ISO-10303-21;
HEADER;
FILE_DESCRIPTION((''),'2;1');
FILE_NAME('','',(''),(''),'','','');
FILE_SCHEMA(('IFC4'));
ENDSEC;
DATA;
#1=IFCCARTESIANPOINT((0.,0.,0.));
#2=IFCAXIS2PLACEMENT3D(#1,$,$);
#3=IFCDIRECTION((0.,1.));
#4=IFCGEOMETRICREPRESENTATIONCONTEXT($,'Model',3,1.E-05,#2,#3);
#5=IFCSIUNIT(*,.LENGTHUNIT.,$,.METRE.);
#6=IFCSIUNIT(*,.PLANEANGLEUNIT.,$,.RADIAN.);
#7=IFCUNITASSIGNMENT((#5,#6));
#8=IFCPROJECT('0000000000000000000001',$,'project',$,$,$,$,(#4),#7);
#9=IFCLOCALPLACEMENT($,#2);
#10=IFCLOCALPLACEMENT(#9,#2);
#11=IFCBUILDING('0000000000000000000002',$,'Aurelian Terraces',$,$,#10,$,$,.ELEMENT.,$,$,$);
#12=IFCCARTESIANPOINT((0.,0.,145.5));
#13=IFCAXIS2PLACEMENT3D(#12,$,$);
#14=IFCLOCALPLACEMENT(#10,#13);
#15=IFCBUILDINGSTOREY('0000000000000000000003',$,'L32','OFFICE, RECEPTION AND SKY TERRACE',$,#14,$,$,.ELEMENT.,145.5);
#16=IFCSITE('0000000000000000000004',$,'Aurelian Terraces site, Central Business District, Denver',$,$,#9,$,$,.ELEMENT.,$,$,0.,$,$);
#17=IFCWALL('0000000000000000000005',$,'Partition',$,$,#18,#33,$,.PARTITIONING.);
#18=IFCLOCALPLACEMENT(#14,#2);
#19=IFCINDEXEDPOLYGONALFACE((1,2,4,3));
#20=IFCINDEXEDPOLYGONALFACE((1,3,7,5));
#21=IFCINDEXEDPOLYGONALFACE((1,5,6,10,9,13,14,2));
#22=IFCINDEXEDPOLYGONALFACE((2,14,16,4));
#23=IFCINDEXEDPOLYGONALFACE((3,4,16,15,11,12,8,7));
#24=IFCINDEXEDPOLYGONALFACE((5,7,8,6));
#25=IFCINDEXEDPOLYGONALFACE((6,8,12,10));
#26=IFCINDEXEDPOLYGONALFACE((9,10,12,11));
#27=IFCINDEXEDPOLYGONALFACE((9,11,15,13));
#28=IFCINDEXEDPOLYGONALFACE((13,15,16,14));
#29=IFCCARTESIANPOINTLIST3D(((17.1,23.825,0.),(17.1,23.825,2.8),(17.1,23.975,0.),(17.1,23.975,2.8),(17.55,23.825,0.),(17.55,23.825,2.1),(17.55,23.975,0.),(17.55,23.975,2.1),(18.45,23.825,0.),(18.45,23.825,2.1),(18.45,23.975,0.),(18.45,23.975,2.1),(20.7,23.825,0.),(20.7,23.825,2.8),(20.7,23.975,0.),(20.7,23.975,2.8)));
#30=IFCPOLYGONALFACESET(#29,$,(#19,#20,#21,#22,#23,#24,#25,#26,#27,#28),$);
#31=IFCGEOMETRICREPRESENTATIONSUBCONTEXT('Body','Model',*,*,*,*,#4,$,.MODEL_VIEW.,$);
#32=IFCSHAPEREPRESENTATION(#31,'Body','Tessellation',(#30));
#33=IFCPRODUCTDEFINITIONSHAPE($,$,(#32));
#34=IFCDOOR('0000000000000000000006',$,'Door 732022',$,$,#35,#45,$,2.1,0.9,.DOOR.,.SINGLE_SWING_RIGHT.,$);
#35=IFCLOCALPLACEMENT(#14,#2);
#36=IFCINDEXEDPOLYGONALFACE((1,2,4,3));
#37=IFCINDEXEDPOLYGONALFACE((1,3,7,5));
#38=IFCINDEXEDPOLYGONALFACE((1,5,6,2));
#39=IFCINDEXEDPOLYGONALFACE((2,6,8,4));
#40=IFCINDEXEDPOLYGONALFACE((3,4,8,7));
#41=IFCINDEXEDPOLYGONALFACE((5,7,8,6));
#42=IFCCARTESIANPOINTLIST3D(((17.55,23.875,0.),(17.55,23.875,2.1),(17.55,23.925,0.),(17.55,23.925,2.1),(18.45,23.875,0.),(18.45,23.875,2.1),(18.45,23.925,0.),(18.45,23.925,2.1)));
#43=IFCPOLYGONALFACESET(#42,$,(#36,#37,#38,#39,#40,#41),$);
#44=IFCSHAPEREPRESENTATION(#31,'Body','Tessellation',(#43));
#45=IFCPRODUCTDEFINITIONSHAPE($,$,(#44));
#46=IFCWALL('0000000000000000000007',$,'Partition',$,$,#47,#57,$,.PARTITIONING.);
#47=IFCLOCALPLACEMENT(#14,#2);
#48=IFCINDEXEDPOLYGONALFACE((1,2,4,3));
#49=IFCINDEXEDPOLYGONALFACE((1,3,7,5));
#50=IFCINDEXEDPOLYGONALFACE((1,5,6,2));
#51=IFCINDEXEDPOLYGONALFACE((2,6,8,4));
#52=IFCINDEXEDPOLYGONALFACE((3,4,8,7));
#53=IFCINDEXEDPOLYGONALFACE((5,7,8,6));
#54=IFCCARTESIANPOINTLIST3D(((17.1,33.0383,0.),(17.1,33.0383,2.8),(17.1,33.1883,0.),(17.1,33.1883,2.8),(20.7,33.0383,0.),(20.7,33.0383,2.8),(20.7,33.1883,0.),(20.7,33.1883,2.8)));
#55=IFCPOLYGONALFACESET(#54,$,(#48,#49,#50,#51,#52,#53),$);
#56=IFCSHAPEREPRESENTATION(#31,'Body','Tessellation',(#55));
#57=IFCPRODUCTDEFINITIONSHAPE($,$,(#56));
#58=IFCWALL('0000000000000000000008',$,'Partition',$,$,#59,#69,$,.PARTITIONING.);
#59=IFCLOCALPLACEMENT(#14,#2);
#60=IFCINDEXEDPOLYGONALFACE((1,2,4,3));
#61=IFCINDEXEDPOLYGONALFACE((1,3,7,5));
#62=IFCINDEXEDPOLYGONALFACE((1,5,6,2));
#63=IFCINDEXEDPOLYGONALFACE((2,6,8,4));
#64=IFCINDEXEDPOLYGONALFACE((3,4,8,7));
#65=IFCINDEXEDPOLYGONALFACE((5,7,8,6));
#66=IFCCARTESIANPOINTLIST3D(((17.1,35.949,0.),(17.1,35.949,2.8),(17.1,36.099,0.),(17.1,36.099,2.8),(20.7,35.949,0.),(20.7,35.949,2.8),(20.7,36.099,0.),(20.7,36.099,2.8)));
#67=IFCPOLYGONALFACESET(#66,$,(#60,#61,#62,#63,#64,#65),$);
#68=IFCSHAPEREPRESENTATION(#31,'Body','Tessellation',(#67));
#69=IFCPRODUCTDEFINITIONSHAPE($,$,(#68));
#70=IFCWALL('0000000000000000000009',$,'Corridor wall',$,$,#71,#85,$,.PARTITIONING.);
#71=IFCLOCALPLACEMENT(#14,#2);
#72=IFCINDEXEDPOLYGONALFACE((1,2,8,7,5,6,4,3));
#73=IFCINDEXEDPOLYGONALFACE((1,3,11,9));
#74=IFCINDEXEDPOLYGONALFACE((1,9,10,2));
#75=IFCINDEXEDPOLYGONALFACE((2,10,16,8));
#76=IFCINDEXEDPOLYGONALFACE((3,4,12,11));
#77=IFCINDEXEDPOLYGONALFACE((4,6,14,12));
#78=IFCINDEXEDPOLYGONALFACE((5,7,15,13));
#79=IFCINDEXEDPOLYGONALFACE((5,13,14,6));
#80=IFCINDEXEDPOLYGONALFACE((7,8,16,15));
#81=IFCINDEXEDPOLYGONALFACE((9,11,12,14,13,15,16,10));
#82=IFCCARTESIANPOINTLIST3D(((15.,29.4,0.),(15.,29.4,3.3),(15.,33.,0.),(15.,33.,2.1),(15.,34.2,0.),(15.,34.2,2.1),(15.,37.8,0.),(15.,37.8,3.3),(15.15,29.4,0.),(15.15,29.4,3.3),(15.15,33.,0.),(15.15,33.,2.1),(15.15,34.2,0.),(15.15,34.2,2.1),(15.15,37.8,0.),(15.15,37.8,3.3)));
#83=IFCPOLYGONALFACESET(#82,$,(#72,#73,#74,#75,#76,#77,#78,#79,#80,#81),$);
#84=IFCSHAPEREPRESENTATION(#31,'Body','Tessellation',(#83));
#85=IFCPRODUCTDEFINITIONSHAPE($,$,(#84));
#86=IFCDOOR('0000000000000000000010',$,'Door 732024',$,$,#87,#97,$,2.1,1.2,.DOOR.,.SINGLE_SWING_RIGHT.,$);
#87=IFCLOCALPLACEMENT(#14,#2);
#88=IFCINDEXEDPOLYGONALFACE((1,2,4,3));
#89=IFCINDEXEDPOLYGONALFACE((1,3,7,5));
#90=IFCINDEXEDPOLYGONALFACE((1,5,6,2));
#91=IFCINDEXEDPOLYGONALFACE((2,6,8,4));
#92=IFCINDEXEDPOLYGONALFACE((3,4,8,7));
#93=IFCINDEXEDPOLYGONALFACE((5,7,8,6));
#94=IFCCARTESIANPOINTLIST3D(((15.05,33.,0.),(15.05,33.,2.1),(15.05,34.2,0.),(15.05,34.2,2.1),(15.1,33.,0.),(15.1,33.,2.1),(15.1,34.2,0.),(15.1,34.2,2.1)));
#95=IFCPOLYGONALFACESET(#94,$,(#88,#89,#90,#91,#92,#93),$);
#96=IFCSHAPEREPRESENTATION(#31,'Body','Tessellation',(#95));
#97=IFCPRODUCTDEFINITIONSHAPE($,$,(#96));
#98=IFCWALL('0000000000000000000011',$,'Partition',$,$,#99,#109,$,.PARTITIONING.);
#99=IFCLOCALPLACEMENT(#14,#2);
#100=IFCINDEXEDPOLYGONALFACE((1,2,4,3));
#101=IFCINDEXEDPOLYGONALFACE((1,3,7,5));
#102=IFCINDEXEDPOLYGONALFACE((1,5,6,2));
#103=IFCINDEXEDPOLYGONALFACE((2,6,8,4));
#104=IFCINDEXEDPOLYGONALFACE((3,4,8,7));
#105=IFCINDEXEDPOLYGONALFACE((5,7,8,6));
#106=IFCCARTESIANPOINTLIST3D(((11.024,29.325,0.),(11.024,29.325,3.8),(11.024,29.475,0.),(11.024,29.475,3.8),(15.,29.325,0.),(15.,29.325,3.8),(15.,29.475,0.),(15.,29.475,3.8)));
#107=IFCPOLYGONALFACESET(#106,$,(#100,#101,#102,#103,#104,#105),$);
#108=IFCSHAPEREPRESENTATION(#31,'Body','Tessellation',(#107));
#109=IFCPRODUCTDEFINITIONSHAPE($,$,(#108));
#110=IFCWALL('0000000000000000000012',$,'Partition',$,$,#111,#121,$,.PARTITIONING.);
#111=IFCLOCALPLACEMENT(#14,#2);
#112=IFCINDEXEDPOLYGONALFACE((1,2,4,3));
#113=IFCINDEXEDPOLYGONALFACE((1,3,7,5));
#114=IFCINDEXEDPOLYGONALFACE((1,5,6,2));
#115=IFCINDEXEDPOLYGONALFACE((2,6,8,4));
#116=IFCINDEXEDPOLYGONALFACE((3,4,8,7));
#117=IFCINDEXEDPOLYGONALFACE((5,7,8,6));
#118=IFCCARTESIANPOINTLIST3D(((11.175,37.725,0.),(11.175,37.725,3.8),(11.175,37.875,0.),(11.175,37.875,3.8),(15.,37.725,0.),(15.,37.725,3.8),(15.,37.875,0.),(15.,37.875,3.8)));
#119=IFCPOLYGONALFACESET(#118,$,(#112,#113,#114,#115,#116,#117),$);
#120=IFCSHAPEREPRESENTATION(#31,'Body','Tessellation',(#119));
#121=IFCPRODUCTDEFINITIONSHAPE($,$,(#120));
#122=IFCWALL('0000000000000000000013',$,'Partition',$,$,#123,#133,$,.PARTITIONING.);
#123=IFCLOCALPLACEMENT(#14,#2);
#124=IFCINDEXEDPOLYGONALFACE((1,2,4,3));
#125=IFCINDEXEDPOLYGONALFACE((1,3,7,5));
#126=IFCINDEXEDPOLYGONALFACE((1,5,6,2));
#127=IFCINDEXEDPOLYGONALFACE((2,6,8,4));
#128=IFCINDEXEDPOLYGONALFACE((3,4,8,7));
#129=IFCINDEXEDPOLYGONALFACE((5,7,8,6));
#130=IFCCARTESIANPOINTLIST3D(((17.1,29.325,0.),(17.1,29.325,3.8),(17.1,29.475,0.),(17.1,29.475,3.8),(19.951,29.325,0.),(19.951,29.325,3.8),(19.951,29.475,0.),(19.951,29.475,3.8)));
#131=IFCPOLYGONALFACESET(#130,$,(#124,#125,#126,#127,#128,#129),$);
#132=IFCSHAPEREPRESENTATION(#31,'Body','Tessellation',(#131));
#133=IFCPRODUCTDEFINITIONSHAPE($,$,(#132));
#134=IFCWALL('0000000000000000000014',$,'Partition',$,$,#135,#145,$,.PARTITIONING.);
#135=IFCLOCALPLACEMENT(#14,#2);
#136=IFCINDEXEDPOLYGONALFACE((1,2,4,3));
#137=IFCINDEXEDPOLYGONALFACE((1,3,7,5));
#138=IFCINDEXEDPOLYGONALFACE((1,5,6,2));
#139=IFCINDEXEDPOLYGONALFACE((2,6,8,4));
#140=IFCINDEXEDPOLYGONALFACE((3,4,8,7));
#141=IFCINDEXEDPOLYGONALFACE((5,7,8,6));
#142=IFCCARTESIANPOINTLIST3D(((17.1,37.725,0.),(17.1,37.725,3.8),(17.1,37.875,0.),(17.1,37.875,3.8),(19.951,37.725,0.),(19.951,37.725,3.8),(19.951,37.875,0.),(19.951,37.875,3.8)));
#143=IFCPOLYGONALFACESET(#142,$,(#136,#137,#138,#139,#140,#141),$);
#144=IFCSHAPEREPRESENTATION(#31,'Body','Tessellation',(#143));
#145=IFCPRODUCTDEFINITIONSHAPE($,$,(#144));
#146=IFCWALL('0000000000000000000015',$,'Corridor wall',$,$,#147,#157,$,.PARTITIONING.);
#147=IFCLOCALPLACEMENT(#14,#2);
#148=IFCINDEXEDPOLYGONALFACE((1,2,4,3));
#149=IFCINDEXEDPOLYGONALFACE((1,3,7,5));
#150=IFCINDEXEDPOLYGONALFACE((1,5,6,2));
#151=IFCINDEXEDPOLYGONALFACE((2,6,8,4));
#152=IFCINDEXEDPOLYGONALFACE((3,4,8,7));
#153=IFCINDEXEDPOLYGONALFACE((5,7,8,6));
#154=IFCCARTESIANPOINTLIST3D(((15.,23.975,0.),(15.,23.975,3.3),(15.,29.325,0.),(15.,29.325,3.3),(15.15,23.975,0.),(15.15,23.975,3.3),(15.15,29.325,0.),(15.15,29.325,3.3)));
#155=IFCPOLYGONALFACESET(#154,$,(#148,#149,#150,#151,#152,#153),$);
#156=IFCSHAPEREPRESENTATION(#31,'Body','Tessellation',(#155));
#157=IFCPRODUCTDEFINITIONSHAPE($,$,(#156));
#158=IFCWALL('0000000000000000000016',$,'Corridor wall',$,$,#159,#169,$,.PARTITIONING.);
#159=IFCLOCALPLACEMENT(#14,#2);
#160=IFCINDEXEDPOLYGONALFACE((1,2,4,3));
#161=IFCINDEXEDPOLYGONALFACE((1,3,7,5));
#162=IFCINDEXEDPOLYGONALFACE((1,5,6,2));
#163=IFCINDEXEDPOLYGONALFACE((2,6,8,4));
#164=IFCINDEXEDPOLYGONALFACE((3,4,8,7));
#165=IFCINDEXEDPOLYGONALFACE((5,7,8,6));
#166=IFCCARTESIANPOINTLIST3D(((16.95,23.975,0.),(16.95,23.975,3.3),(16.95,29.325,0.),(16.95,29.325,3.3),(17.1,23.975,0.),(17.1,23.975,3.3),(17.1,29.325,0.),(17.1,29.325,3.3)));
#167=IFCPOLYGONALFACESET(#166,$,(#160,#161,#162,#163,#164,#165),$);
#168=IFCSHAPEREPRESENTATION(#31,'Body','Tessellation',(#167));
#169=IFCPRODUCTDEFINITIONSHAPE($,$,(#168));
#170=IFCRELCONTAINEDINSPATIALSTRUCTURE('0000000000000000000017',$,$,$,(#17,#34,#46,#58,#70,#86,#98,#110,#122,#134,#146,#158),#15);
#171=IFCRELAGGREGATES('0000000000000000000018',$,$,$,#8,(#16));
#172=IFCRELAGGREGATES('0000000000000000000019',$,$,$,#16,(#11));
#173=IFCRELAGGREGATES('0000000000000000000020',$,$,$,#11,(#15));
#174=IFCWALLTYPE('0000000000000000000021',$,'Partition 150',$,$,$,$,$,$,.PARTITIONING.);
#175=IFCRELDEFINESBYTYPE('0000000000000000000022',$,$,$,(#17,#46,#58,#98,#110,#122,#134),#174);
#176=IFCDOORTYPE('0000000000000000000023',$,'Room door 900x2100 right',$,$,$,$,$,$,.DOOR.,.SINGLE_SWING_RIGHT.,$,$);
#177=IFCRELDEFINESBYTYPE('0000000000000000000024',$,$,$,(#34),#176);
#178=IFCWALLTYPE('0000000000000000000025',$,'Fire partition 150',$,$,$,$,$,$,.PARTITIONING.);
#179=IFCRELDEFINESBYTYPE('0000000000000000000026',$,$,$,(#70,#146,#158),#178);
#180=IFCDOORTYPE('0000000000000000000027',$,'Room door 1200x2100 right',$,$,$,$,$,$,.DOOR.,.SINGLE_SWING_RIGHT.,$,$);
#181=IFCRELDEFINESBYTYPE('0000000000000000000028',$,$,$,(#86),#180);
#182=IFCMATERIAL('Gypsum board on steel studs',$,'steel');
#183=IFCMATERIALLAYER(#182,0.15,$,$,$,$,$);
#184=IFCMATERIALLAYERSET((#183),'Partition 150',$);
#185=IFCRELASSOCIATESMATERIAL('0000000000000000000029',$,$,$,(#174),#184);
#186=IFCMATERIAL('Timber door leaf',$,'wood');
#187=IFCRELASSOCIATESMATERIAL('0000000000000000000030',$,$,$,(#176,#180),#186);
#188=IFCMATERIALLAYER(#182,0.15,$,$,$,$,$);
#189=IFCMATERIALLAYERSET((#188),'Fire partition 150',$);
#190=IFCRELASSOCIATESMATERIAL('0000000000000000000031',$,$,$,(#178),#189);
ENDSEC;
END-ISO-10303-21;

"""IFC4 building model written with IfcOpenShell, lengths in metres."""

from ifc_helpers import new_model, si_unit, direction, frame, frame_2d, origin, place, context, subcontext, project, spatial, rectangle, extrude, source, transform, mapped, material, layer, layer_set, type_object, element, fill, save


model = new_model("IFC4")

# Units and contexts
model_context = context("Model", 3, precision=1e-05, world=origin(), true_north=direction((0.0, 1.0)))
body_context = subcontext(model_context, "Body", "Model", "MODEL_VIEW")
ifc_project = project(units=[si_unit("LENGTHUNIT", "METRE"), si_unit("PLANEANGLEUNIT", "RADIAN")], contexts=[model_context])

# Site, building, storey
site_placement = place(None, origin())
site = spatial("IfcSite", under=ifc_project, at=site_placement, Name="Aurelian Terraces site, Central Business District, Denver", CompositionType="ELEMENT", RefElevation=0.0)
building_placement = place(site_placement, origin())
building = spatial("IfcBuilding", under=site, at=building_placement, Name="Aurelian Terraces", CompositionType="ELEMENT")
storey_placement = place(building_placement, frame((0.0, 0.0, 145.5)))
storey = spatial("IfcBuildingStorey", under=building, at=storey_placement, Name="L32", Description="OFFICE, RECEPTION AND SKY TERRACE", CompositionType="ELEMENT", Elevation=145.5)

# Shared definitions
ifc_material_1 = material(Name="Gypsum board on steel studs", Category="steel")
ifc_layer_1 = layer(ifc_material_1, 0.15)
ifc_layer_set_1 = layer_set([ifc_layer_1], Name="Partition 150")
wall_type_1 = type_object("IfcWallType", Name="Partition 150", PredefinedType="PARTITIONING", material=ifc_layer_set_1)

# Shared definitions
ifc_material_2 = material(Name="Timber door leaf", Category="wood")

# Wall, opening, door
shared_shape_1 = source(origin(), body_context, "Body", "SweptSolid", [
    extrude(rectangle(XDim=3.6, YDim=0.15, at=frame_2d((1.8, 0.0))), origin(), (0.0, 0.0, 1.0), 2.8),
])
wall_1_placement = place(storey_placement, frame((17.1, 23.9, 0.0), z_axis=(0.0, 0.0, 1.0), x_axis=(1.0, 0.0, 0.0)))
wall_1 = element("IfcWall", 1, at=wall_1_placement, inside=storey, type_object=wall_type_1, Name="Partition", PredefinedType="PARTITIONING", context=body_context, shape_type="MappedRepresentation", body=[
    mapped(shared_shape_1, transform((0.0, 0.0, 0.0), scale=1.0)),
])
shared_shape_2 = source(origin(), body_context, "Body", "SweptSolid", [
    extrude(rectangle(XDim=0.9, YDim=2.1, at=frame_2d((0.45, 1.05))), frame((0.0, 0.085, 0.0), z_axis=(0.0, -1.0, 0.0), x_axis=(1.0, 0.0, 0.0)), (0.0, 0.0, 1.0), 0.17),
])
opening_1_placement = place(wall_1_placement, frame((0.45, 0.0, 0.0)))
opening_1 = element("IfcOpeningElement", 2, at=opening_1_placement, cuts=wall_1, PredefinedType="OPENING", context=body_context, shape_type="MappedRepresentation", body=[
    mapped(shared_shape_2, transform((0.0, 0.0, 0.0), scale=1.0)),
])
door_type_1 = type_object("IfcDoorType", Name="Room door 900x2100 right", OperationType="SINGLE_SWING_RIGHT", PredefinedType="DOOR", material=ifc_material_2)
shared_shape_3 = source(origin(), body_context, "Body", "SweptSolid", [
    extrude(rectangle(XDim=0.9, YDim=2.1, at=frame_2d((0.45, 1.05))), frame((0.0, 0.025, 0.0), z_axis=(0.0, -1.0, 0.0), x_axis=(1.0, 0.0, 0.0)), (0.0, 0.0, 1.0), 0.05),
])
door_1_placement = place(opening_1_placement, origin())
door_1 = element("IfcDoor", 3, at=door_1_placement, inside=storey, type_object=door_type_1, Name="Door 732022", OperationType="SINGLE_SWING_RIGHT", OverallHeight=2.1, OverallWidth=0.9, PredefinedType="DOOR", context=body_context, shape_type="MappedRepresentation", body=[
    mapped(shared_shape_3, transform((0.0, 0.0, 0.0), scale=1.0)),
])
fill(opening_1, door_1)

# Walls
for number, where, z_axis, x_axis, name in (
    (4, (17.1, 33.1133, 0.0), (0.0, 0.0, 1.0), (1.0, 0.0, 0.0), "Partition"),
    (5, (17.1, 36.024, 0.0), (0.0, 0.0, 1.0), (1.0, 0.0, 0.0), "Partition"),
):
    element("IfcWall", number, at=place(storey_placement, frame(where, z_axis=z_axis, x_axis=x_axis)), inside=storey, type_object=wall_type_1, Name=name, PredefinedType="PARTITIONING", context=body_context, shape_type="MappedRepresentation", body=[
        mapped(shared_shape_1, transform((0.0, 0.0, 0.0), scale=1.0)),
    ])

# Wall, opening, door
ifc_layer_2 = layer(ifc_material_1, 0.15)
ifc_layer_set_2 = layer_set([ifc_layer_2], Name="Fire partition 150")
wall_type_2 = type_object("IfcWallType", Name="Fire partition 150", PredefinedType="PARTITIONING", material=ifc_layer_set_2)
shared_shape_4 = source(origin(), body_context, "Body", "SweptSolid", [
    extrude(rectangle(XDim=8.4, YDim=0.15, at=frame_2d((4.2, 0.0))), origin(), (0.0, 0.0, 1.0), 3.3),
])
wall_2_placement = place(storey_placement, frame((15.075, 29.4, 0.0), z_axis=(0.0, 0.0, 1.0), x_axis=(0.0, 1.0, 0.0)))
wall_2 = element("IfcWall", 6, at=wall_2_placement, inside=storey, type_object=wall_type_2, Name="Corridor wall", PredefinedType="PARTITIONING", context=body_context, shape_type="MappedRepresentation", body=[
    mapped(shared_shape_4, transform((0.0, 0.0, 0.0), scale=1.0)),
])
shared_shape_5 = source(origin(), body_context, "Body", "SweptSolid", [
    extrude(rectangle(XDim=1.2, YDim=2.1, at=frame_2d((0.6, 1.05))), frame((0.0, 0.085, 0.0), z_axis=(0.0, -1.0, 0.0), x_axis=(1.0, 0.0, 0.0)), (0.0, 0.0, 1.0), 0.17),
])
opening_2_placement = place(wall_2_placement, frame((3.6, 0.0, 0.0)))
opening_2 = element("IfcOpeningElement", 7, at=opening_2_placement, cuts=wall_2, PredefinedType="OPENING", context=body_context, shape_type="MappedRepresentation", body=[
    mapped(shared_shape_5, transform((0.0, 0.0, 0.0), scale=1.0)),
])
door_type_2 = type_object("IfcDoorType", Name="Room door 1200x2100 right", OperationType="SINGLE_SWING_RIGHT", PredefinedType="DOOR", material=ifc_material_2)
shared_shape_6 = source(origin(), body_context, "Body", "SweptSolid", [
    extrude(rectangle(XDim=1.2, YDim=2.1, at=frame_2d((0.6, 1.05))), frame((0.0, 0.025, 0.0), z_axis=(0.0, -1.0, 0.0), x_axis=(1.0, 0.0, 0.0)), (0.0, 0.0, 1.0), 0.05),
])
door_2_placement = place(opening_2_placement, origin())
door_2 = element("IfcDoor", 8, at=door_2_placement, inside=storey, type_object=door_type_2, Name="Door 732024", OperationType="SINGLE_SWING_RIGHT", OverallHeight=2.1, OverallWidth=1.2, PredefinedType="DOOR", context=body_context, shape_type="MappedRepresentation", body=[
    mapped(shared_shape_6, transform((0.0, 0.0, 0.0), scale=1.0)),
])
fill(opening_2, door_2)

# Walls
shared_shape_7 = source(origin(), body_context, "Body", "SweptSolid", [
    extrude(rectangle(XDim=3.976, YDim=0.15, at=frame_2d((1.988, 0.0))), origin(), (0.0, 0.0, 1.0), 3.8),
])
wall_3_placement = place(storey_placement, frame((15.0, 29.4, 0.0), z_axis=(0.0, 0.0, 1.0), x_axis=(-1.0, 0.0, 0.0)))
element("IfcWall", 9, at=wall_3_placement, inside=storey, type_object=wall_type_1, Name="Partition", PredefinedType="PARTITIONING", context=body_context, shape_type="MappedRepresentation", body=[
    mapped(shared_shape_7, transform((0.0, 0.0, 0.0), scale=1.0)),
])
shared_shape_8 = source(origin(), body_context, "Body", "SweptSolid", [
    extrude(rectangle(XDim=3.825, YDim=0.15, at=frame_2d((1.9125, 0.0))), origin(), (0.0, 0.0, 1.0), 3.8),
])
wall_4_placement = place(storey_placement, frame((15.0, 37.8, 0.0), z_axis=(0.0, 0.0, 1.0), x_axis=(-1.0, 0.0, 0.0)))
element("IfcWall", 10, at=wall_4_placement, inside=storey, type_object=wall_type_1, Name="Partition", PredefinedType="PARTITIONING", context=body_context, shape_type="MappedRepresentation", body=[
    mapped(shared_shape_8, transform((0.0, 0.0, 0.0), scale=1.0)),
])
shared_shape_9 = source(origin(), body_context, "Body", "SweptSolid", [
    extrude(rectangle(XDim=2.851, YDim=0.15, at=frame_2d((1.4255, 0.0))), origin(), (0.0, 0.0, 1.0), 3.8),
])
for number, where, z_axis, x_axis, name in (
    (11, (19.951, 29.4, 0.0), (0.0, 0.0, 1.0), (-1.0, 0.0, 0.0), "Partition"),
    (12, (19.951, 37.8, 0.0), (0.0, 0.0, 1.0), (-1.0, 0.0, 0.0), "Partition"),
):
    element("IfcWall", number, at=place(storey_placement, frame(where, z_axis=z_axis, x_axis=x_axis)), inside=storey, type_object=wall_type_1, Name=name, PredefinedType="PARTITIONING", context=body_context, shape_type="MappedRepresentation", body=[
        mapped(shared_shape_9, transform((0.0, 0.0, 0.0), scale=1.0)),
    ])
shared_shape_10 = source(origin(), body_context, "Body", "SweptSolid", [
    extrude(rectangle(XDim=5.35, YDim=0.15, at=frame_2d((2.675, 0.0))), origin(), (0.0, 0.0, 1.0), 3.3),
])
for number, where, z_axis, x_axis, name in (
    (13, (15.075, 23.975, 0.0), (0.0, 0.0, 1.0), (0.0, 1.0, 0.0), "Corridor wall"),
    (14, (17.025, 29.325, 0.0), (0.0, 0.0, 1.0), (0.0, -1.0, 0.0), "Corridor wall"),
):
    element("IfcWall", number, at=place(storey_placement, frame(where, z_axis=z_axis, x_axis=x_axis)), inside=storey, type_object=wall_type_2, Name=name, PredefinedType="PARTITIONING", context=body_context, shape_type="MappedRepresentation", body=[
        mapped(shared_shape_10, transform((0.0, 0.0, 0.0), scale=1.0)),
    ])

save(model, "model.ifc")
